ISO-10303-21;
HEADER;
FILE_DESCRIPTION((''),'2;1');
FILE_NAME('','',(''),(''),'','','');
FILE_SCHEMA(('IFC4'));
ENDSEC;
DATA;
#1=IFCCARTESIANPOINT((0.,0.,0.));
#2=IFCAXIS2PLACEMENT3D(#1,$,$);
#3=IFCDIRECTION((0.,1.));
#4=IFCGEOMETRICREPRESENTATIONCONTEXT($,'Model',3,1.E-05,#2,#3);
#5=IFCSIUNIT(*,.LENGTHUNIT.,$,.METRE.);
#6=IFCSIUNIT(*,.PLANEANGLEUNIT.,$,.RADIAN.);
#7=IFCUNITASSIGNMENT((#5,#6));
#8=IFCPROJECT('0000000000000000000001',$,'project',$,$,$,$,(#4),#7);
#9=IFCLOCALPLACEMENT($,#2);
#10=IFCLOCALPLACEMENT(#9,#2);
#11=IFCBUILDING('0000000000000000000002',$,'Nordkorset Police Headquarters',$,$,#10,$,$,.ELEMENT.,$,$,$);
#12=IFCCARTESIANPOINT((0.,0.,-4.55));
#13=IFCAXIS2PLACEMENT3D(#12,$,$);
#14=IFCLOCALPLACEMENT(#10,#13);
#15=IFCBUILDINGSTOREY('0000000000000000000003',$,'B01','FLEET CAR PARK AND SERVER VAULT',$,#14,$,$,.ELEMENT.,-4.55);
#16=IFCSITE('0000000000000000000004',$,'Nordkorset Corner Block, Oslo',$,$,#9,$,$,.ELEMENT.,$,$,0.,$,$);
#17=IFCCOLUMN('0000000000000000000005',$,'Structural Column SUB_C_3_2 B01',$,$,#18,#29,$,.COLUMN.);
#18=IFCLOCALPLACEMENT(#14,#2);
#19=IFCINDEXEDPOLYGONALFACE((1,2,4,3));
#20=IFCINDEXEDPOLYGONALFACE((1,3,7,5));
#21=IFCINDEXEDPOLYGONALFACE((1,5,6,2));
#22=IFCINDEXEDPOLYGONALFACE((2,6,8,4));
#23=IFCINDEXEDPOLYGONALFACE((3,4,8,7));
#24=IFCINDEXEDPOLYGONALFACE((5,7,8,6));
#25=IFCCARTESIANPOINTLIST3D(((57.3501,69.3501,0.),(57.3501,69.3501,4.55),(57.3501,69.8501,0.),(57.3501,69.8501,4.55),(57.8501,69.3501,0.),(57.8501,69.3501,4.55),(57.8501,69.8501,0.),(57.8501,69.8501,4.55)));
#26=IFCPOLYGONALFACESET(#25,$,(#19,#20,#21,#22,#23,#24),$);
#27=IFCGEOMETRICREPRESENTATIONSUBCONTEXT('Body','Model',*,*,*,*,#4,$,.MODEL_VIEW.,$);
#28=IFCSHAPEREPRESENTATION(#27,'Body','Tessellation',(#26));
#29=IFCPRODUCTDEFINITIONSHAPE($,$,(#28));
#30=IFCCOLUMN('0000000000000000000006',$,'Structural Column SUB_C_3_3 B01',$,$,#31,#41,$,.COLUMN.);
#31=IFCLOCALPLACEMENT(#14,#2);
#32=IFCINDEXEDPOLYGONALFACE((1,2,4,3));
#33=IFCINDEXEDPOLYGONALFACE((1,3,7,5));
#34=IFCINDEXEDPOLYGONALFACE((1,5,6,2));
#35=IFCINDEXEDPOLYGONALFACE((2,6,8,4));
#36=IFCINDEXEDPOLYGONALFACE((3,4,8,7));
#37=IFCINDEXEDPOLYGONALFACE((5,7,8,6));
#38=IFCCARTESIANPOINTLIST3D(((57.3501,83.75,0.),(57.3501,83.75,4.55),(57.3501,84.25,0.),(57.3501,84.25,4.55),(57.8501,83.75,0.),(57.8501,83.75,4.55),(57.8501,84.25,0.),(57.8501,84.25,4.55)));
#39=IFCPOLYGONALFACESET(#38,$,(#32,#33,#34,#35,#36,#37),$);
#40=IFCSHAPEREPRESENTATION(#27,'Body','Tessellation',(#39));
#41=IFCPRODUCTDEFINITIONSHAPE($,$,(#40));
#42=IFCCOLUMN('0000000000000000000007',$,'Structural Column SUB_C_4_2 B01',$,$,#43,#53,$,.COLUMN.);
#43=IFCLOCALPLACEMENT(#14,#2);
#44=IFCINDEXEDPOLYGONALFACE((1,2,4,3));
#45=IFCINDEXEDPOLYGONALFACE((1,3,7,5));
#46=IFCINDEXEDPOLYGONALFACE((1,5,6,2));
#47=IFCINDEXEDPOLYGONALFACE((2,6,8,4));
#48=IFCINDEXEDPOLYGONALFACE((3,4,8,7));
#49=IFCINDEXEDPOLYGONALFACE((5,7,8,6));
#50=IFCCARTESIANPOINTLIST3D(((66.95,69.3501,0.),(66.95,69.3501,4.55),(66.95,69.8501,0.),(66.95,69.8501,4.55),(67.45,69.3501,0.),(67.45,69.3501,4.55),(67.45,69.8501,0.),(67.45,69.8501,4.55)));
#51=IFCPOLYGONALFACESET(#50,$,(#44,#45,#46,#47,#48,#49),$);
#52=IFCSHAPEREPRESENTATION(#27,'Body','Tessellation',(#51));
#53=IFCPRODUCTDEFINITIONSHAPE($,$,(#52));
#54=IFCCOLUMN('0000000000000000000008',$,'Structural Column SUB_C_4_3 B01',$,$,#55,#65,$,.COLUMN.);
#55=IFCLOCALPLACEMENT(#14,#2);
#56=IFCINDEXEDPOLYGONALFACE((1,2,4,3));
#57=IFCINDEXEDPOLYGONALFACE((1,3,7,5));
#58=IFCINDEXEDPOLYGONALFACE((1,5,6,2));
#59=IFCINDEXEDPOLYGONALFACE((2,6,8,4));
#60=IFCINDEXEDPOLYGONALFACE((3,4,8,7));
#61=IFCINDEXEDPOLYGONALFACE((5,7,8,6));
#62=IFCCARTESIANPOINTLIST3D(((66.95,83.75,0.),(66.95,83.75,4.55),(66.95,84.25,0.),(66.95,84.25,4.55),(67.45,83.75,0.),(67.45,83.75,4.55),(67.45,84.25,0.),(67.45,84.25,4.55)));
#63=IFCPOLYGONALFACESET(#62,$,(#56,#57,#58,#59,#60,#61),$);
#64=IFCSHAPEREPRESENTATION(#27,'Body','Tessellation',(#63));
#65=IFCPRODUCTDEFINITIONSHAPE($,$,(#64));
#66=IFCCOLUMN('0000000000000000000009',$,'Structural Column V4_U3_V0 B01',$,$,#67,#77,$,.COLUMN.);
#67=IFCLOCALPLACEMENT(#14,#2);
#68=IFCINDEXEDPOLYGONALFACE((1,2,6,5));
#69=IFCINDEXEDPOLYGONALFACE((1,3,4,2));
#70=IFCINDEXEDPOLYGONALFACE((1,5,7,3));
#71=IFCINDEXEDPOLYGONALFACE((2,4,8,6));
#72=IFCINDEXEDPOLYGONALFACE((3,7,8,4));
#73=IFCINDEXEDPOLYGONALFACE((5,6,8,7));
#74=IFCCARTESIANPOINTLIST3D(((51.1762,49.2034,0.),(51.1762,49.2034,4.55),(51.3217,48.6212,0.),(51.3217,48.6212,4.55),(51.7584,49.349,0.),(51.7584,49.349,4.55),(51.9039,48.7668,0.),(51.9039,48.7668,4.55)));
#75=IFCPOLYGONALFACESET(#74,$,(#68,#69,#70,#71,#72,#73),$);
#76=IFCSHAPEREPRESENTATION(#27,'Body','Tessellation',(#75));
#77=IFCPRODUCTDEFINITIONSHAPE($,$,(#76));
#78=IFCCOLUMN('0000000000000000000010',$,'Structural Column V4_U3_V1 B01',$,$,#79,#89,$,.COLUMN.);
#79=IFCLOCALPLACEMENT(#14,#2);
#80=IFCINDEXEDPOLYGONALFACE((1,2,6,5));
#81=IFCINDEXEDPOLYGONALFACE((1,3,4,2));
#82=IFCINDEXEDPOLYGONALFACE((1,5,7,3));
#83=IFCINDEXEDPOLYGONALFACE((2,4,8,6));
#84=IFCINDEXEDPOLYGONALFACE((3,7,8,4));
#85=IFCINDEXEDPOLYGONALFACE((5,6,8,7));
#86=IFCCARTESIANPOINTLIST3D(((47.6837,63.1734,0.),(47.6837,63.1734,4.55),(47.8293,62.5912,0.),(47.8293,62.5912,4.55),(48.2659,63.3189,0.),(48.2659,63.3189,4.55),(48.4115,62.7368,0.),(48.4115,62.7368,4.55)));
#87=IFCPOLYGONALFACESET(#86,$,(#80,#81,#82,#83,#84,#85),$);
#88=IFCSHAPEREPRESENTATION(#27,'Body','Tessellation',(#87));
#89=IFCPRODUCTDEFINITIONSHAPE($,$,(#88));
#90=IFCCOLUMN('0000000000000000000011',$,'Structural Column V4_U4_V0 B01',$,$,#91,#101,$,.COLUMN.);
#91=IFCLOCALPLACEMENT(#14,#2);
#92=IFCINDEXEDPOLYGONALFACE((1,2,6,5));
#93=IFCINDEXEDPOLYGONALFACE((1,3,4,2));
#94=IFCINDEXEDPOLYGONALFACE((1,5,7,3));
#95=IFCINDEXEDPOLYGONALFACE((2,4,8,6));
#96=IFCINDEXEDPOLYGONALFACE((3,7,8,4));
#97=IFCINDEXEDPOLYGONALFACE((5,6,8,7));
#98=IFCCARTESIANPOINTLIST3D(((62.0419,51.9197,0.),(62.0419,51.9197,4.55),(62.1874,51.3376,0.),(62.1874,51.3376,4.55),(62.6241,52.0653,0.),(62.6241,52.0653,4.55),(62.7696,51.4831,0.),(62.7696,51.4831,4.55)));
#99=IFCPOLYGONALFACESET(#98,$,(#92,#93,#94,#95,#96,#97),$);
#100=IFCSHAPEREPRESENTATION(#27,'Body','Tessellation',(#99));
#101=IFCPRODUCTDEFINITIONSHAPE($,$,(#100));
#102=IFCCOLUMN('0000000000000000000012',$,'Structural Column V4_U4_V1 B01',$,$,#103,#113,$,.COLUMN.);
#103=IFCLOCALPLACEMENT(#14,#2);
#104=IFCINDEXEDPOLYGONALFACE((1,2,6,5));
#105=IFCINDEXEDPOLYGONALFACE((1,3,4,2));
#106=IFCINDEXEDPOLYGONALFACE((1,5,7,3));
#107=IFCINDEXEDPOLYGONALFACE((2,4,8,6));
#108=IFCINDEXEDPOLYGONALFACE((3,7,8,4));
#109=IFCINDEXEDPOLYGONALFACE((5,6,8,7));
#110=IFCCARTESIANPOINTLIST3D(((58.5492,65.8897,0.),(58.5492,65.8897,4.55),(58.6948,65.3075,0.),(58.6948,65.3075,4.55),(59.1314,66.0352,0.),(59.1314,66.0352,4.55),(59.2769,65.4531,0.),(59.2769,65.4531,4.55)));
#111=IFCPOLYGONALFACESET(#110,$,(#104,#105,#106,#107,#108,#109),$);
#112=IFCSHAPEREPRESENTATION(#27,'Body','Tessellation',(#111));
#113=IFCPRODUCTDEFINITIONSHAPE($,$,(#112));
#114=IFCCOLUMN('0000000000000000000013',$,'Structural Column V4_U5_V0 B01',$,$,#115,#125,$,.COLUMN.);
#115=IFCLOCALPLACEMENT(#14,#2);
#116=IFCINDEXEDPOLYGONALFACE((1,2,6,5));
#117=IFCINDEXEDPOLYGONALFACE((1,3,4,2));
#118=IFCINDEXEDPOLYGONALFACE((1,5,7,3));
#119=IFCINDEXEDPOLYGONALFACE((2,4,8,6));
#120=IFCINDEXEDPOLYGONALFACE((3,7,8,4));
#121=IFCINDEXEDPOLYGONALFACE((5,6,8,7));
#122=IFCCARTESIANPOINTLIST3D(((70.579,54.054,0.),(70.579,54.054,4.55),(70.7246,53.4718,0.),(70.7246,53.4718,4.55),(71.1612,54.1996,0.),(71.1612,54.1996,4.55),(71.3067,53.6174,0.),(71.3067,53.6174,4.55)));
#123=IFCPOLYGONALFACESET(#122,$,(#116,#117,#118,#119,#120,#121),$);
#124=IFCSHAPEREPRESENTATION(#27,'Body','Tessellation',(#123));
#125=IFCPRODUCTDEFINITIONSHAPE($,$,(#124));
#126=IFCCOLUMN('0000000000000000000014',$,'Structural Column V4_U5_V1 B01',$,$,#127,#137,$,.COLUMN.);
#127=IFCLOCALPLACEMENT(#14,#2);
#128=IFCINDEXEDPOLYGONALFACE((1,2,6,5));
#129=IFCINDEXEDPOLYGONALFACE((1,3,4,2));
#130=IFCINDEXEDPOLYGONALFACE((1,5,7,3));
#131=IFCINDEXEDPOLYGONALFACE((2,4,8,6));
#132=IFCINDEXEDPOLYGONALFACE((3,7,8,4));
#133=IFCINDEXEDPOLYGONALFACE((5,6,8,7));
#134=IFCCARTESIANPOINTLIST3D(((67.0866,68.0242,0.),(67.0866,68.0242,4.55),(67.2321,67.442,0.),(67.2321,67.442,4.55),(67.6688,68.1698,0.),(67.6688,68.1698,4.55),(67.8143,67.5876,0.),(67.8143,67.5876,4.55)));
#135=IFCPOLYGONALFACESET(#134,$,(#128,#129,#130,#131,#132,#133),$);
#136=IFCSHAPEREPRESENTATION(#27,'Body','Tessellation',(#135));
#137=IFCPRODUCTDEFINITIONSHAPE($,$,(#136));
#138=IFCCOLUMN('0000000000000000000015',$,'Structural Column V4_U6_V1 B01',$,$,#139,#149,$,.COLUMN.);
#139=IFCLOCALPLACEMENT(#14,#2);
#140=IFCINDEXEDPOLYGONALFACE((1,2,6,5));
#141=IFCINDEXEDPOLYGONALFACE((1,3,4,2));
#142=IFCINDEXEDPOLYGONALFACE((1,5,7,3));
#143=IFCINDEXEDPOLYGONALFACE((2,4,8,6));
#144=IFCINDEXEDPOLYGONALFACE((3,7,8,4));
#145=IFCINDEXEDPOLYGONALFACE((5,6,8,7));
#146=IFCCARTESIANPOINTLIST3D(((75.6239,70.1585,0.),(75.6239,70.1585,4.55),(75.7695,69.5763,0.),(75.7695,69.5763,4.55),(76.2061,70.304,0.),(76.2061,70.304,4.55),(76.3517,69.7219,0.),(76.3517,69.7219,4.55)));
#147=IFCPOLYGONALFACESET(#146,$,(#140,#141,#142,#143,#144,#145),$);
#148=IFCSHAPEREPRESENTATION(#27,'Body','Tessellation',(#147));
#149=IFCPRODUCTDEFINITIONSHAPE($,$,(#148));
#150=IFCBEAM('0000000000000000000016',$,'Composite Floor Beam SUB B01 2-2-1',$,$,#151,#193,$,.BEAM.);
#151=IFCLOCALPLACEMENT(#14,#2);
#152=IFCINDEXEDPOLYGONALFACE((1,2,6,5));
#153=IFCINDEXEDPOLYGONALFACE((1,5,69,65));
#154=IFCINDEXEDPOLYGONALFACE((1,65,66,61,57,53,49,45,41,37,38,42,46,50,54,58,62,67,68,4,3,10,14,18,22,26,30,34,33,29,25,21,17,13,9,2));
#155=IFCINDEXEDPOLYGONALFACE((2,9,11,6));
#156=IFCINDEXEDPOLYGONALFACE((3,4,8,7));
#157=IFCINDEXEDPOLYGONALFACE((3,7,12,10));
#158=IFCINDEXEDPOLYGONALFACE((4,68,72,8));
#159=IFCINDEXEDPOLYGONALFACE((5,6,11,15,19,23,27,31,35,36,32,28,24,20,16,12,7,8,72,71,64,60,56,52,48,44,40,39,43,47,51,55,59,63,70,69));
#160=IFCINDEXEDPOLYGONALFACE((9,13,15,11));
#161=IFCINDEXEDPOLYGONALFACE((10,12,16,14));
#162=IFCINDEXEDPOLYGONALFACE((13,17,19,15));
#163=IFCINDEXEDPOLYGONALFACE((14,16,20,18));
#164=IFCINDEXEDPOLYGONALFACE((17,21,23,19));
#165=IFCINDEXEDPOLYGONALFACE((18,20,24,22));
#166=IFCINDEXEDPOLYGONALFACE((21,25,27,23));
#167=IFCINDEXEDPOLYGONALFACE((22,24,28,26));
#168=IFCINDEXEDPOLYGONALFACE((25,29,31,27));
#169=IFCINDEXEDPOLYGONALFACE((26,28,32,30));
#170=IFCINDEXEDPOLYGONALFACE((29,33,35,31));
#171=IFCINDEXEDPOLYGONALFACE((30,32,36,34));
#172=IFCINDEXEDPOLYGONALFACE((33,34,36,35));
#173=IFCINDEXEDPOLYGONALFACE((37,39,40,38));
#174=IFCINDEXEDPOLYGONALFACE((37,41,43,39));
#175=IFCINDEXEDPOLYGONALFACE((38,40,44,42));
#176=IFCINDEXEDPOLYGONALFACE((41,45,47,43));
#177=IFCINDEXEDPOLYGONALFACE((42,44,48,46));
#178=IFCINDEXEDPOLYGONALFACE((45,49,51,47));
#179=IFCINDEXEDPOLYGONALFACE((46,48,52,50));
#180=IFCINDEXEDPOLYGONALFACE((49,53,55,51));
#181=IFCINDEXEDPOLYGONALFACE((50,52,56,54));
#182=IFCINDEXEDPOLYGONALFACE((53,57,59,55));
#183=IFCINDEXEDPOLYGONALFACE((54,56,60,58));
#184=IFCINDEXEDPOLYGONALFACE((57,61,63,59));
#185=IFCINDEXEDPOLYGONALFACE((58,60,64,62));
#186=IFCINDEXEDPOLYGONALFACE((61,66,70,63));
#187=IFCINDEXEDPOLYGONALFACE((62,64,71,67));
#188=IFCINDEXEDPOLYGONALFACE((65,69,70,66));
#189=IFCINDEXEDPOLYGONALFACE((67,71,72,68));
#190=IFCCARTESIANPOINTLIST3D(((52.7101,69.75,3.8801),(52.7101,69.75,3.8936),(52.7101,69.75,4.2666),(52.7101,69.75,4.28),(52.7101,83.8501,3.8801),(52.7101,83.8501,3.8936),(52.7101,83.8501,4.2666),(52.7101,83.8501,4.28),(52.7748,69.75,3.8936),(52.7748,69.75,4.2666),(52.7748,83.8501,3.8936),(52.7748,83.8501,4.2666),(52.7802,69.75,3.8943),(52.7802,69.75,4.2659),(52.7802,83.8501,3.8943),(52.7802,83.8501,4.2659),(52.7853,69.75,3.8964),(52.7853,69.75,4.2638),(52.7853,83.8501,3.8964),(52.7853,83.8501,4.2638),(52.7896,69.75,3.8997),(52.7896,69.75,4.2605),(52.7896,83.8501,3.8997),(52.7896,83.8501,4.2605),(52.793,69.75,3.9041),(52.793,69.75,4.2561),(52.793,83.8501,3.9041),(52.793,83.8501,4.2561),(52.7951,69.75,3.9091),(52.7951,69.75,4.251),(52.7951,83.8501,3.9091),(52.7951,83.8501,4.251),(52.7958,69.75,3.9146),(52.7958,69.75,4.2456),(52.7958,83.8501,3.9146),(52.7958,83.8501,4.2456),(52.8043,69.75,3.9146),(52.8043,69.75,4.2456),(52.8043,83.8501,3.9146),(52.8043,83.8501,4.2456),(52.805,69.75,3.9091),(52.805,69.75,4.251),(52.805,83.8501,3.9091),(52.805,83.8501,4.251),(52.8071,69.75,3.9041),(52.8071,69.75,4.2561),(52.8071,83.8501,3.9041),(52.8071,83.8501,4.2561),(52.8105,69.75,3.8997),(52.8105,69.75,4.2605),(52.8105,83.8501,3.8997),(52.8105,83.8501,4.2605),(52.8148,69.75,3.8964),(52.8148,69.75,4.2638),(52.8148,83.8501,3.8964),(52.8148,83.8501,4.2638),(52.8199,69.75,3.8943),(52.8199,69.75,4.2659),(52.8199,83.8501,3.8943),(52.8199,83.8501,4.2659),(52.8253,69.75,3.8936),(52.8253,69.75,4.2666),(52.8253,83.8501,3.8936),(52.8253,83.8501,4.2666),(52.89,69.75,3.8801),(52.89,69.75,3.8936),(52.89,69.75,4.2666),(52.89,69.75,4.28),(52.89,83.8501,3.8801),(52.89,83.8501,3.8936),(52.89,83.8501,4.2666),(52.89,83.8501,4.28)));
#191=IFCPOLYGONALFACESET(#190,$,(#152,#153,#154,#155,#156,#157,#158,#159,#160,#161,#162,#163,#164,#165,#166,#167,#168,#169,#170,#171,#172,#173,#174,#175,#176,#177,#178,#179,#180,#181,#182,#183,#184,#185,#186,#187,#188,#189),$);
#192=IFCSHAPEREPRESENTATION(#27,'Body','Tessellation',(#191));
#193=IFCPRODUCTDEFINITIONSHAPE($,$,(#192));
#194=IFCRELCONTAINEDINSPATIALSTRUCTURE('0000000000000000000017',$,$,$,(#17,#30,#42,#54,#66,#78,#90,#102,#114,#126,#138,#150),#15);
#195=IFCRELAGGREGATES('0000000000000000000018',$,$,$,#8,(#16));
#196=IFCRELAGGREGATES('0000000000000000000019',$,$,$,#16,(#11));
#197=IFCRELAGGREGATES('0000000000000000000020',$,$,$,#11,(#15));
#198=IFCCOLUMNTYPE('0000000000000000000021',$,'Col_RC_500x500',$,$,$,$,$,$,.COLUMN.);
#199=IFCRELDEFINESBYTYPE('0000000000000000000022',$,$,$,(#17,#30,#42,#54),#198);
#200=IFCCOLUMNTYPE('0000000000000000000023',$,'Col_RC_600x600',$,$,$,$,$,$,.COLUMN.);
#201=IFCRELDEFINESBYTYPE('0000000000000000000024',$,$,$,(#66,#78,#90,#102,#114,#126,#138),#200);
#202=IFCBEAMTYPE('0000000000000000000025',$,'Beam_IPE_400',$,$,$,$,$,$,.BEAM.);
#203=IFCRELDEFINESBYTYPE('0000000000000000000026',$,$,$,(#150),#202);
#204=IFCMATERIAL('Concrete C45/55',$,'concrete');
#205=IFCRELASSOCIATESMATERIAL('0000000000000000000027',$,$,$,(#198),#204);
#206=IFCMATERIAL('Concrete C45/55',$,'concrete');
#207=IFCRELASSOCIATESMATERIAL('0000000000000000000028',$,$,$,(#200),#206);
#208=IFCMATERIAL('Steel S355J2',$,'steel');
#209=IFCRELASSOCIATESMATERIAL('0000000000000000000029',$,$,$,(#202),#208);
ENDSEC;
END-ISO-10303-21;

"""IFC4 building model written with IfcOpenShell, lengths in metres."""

from ifc_helpers import new_model, si_unit, direction, frame, origin, origin_2d, place, context, subcontext, project, spatial, rectangle, i_section, extrude, material, material_profile, profile_set, type_object, element, save


model = new_model("IFC4")

# Units and contexts
model_context = context("Model", 3, precision=1e-05, world=origin(), true_north=direction((0.0, 1.0)))
body_context = subcontext(model_context, "Body", "Model", "MODEL_VIEW")
ifc_project = project(units=[si_unit("LENGTHUNIT", "METRE"), si_unit("PLANEANGLEUNIT", "RADIAN")], contexts=[model_context])

# Site, building, storey
site_placement = place(None, origin())
site = spatial("IfcSite", under=ifc_project, at=site_placement, Name="Nordkorset Corner Block, Oslo", CompositionType="ELEMENT", RefElevation=0.0)
building_placement = place(site_placement, origin())
building = spatial("IfcBuilding", under=site, at=building_placement, Name="Nordkorset Police Headquarters", CompositionType="ELEMENT")
storey_placement = place(building_placement, frame((0.0, 0.0, -4.55)))
storey = spatial("IfcBuildingStorey", under=building, at=storey_placement, Name="B01", Description="FLEET CAR PARK AND SERVER VAULT", CompositionType="ELEMENT", Elevation=-4.55)

# Columns
ifc_material_1 = material(Name="Concrete C45/55", Category="concrete")
ifc_material_profile_1 = material_profile(ifc_material_1, rectangle(XDim=0.5, YDim=0.5, at=origin_2d()), Name="RC 500x500")
ifc_profile_set_1 = profile_set([ifc_material_profile_1], Name="Concrete C45/55")
column_type_1 = type_object("IfcColumnType", Name="Col_RC_500x500", PredefinedType="COLUMN", material=ifc_profile_set_1)
for number, where, z_axis, x_axis, name in (
    (1, (57.6001, 69.6001, 0.0), (0.0, 0.0, 1.0), (1.0, 0.0, 0.0), "Structural Column SUB_C_3_2 B01"),
    (2, (57.6001, 84.0, 0.0), (0.0, 0.0, 1.0), (1.0, 0.0, 0.0), "Structural Column SUB_C_3_3 B01"),
    (3, (67.2, 69.6001, 0.0), (0.0, 0.0, 1.0), (1.0, 0.0, 0.0), "Structural Column SUB_C_4_2 B01"),
    (4, (67.2, 84.0, 0.0), (0.0, 0.0, 1.0), (1.0, 0.0, 0.0), "Structural Column SUB_C_4_3 B01"),
):
    element("IfcColumn", number, at=place(storey_placement, frame(where, z_axis=z_axis, x_axis=x_axis)), inside=storey, type_object=column_type_1, Name=name, PredefinedType="COLUMN", context=body_context, shape_type="SweptSolid", body=[
        extrude(rectangle(XDim=0.5, YDim=0.5, at=origin_2d()), origin(), (0.0, 0.0, 1.0), 4.55),
    ])
ifc_material_2 = material(Name="Concrete C45/55", Category="concrete")
ifc_material_profile_2 = material_profile(ifc_material_2, rectangle(XDim=0.6001, YDim=0.6001, at=origin_2d()), Name="RC 600x600")
ifc_profile_set_2 = profile_set([ifc_material_profile_2], Name="Concrete C45/55")
column_type_2 = type_object("IfcColumnType", Name="Col_RC_600x600", PredefinedType="COLUMN", material=ifc_profile_set_2)
for number, where, z_axis, x_axis, name in (
    (5, (51.54, 48.9851, 0.0), (0.0, 0.0, 1.0), (0.970143, 0.242536, 0.0), "Structural Column V4_U3_V0 B01"),
    (6, (48.0476, 62.9551, 0.0), (0.0, 0.0, 1.0), (0.970143, 0.242536, 0.0), "Structural Column V4_U3_V1 B01"),
    (7, (62.4058, 51.7014, 0.0), (0.0, 0.0, 1.0), (0.970143, 0.242536, 0.0), "Structural Column V4_U4_V0 B01"),
    (8, (58.9131, 65.6714, 0.0), (0.0, 0.0, 1.0), (0.970143, 0.242536, 0.0), "Structural Column V4_U4_V1 B01"),
    (9, (70.9429, 53.8357, 0.0), (0.0, 0.0, 1.0), (0.970143, 0.242536, 0.0), "Structural Column V4_U5_V0 B01"),
    (10, (67.4504, 67.8059, 0.0), (0.0, 0.0, 1.0), (0.970143, 0.242536, 0.0), "Structural Column V4_U5_V1 B01"),
    (11, (75.9878, 69.9402, 0.0), (0.0, 0.0, 1.0), (0.970143, 0.242536, 0.0), "Structural Column V4_U6_V1 B01"),
):
    element("IfcColumn", number, at=place(storey_placement, frame(where, z_axis=z_axis, x_axis=x_axis)), inside=storey, type_object=column_type_2, Name=name, PredefinedType="COLUMN", context=body_context, shape_type="SweptSolid", body=[
        extrude(rectangle(XDim=0.6001, YDim=0.6001, at=origin_2d()), origin(), (0.0, 0.0, 1.0), 4.55),
    ])

# Beam
ifc_material_3 = material(Name="Steel S355J2", Category="steel")
ifc_material_profile_3 = material_profile(ifc_material_3, i_section(OverallWidth=0.1799, OverallDepth=0.3999, WebThickness=0.0085, FlangeThickness=0.0134, FilletRadius=0.021, at=origin_2d()), Name="IPE 400")
ifc_profile_set_3 = profile_set([ifc_material_profile_3], Name="Steel S355J2")
beam_type_1 = type_object("IfcBeamType", Name="Beam_IPE_400", PredefinedType="BEAM", material=ifc_profile_set_3)
for number, where, z_axis, x_axis, name in (
    (12, (52.8, 69.75, 4.0801), (0.0, 1.0, 0.0), (-1.0, 0.0, 0.0), "Composite Floor Beam SUB B01 2-2-1"),
):
    element("IfcBeam", number, at=place(storey_placement, frame(where, z_axis=z_axis, x_axis=x_axis)), inside=storey, type_object=beam_type_1, Name=name, PredefinedType="BEAM", context=body_context, shape_type="SweptSolid", body=[
        extrude(i_section(OverallWidth=0.1799, OverallDepth=0.3999, WebThickness=0.0085, FlangeThickness=0.0134, FilletRadius=0.021, at=origin_2d()), origin(), (0.0, 0.0, 1.0), 14.1001),
    ])

save(model, "model.ifc")
